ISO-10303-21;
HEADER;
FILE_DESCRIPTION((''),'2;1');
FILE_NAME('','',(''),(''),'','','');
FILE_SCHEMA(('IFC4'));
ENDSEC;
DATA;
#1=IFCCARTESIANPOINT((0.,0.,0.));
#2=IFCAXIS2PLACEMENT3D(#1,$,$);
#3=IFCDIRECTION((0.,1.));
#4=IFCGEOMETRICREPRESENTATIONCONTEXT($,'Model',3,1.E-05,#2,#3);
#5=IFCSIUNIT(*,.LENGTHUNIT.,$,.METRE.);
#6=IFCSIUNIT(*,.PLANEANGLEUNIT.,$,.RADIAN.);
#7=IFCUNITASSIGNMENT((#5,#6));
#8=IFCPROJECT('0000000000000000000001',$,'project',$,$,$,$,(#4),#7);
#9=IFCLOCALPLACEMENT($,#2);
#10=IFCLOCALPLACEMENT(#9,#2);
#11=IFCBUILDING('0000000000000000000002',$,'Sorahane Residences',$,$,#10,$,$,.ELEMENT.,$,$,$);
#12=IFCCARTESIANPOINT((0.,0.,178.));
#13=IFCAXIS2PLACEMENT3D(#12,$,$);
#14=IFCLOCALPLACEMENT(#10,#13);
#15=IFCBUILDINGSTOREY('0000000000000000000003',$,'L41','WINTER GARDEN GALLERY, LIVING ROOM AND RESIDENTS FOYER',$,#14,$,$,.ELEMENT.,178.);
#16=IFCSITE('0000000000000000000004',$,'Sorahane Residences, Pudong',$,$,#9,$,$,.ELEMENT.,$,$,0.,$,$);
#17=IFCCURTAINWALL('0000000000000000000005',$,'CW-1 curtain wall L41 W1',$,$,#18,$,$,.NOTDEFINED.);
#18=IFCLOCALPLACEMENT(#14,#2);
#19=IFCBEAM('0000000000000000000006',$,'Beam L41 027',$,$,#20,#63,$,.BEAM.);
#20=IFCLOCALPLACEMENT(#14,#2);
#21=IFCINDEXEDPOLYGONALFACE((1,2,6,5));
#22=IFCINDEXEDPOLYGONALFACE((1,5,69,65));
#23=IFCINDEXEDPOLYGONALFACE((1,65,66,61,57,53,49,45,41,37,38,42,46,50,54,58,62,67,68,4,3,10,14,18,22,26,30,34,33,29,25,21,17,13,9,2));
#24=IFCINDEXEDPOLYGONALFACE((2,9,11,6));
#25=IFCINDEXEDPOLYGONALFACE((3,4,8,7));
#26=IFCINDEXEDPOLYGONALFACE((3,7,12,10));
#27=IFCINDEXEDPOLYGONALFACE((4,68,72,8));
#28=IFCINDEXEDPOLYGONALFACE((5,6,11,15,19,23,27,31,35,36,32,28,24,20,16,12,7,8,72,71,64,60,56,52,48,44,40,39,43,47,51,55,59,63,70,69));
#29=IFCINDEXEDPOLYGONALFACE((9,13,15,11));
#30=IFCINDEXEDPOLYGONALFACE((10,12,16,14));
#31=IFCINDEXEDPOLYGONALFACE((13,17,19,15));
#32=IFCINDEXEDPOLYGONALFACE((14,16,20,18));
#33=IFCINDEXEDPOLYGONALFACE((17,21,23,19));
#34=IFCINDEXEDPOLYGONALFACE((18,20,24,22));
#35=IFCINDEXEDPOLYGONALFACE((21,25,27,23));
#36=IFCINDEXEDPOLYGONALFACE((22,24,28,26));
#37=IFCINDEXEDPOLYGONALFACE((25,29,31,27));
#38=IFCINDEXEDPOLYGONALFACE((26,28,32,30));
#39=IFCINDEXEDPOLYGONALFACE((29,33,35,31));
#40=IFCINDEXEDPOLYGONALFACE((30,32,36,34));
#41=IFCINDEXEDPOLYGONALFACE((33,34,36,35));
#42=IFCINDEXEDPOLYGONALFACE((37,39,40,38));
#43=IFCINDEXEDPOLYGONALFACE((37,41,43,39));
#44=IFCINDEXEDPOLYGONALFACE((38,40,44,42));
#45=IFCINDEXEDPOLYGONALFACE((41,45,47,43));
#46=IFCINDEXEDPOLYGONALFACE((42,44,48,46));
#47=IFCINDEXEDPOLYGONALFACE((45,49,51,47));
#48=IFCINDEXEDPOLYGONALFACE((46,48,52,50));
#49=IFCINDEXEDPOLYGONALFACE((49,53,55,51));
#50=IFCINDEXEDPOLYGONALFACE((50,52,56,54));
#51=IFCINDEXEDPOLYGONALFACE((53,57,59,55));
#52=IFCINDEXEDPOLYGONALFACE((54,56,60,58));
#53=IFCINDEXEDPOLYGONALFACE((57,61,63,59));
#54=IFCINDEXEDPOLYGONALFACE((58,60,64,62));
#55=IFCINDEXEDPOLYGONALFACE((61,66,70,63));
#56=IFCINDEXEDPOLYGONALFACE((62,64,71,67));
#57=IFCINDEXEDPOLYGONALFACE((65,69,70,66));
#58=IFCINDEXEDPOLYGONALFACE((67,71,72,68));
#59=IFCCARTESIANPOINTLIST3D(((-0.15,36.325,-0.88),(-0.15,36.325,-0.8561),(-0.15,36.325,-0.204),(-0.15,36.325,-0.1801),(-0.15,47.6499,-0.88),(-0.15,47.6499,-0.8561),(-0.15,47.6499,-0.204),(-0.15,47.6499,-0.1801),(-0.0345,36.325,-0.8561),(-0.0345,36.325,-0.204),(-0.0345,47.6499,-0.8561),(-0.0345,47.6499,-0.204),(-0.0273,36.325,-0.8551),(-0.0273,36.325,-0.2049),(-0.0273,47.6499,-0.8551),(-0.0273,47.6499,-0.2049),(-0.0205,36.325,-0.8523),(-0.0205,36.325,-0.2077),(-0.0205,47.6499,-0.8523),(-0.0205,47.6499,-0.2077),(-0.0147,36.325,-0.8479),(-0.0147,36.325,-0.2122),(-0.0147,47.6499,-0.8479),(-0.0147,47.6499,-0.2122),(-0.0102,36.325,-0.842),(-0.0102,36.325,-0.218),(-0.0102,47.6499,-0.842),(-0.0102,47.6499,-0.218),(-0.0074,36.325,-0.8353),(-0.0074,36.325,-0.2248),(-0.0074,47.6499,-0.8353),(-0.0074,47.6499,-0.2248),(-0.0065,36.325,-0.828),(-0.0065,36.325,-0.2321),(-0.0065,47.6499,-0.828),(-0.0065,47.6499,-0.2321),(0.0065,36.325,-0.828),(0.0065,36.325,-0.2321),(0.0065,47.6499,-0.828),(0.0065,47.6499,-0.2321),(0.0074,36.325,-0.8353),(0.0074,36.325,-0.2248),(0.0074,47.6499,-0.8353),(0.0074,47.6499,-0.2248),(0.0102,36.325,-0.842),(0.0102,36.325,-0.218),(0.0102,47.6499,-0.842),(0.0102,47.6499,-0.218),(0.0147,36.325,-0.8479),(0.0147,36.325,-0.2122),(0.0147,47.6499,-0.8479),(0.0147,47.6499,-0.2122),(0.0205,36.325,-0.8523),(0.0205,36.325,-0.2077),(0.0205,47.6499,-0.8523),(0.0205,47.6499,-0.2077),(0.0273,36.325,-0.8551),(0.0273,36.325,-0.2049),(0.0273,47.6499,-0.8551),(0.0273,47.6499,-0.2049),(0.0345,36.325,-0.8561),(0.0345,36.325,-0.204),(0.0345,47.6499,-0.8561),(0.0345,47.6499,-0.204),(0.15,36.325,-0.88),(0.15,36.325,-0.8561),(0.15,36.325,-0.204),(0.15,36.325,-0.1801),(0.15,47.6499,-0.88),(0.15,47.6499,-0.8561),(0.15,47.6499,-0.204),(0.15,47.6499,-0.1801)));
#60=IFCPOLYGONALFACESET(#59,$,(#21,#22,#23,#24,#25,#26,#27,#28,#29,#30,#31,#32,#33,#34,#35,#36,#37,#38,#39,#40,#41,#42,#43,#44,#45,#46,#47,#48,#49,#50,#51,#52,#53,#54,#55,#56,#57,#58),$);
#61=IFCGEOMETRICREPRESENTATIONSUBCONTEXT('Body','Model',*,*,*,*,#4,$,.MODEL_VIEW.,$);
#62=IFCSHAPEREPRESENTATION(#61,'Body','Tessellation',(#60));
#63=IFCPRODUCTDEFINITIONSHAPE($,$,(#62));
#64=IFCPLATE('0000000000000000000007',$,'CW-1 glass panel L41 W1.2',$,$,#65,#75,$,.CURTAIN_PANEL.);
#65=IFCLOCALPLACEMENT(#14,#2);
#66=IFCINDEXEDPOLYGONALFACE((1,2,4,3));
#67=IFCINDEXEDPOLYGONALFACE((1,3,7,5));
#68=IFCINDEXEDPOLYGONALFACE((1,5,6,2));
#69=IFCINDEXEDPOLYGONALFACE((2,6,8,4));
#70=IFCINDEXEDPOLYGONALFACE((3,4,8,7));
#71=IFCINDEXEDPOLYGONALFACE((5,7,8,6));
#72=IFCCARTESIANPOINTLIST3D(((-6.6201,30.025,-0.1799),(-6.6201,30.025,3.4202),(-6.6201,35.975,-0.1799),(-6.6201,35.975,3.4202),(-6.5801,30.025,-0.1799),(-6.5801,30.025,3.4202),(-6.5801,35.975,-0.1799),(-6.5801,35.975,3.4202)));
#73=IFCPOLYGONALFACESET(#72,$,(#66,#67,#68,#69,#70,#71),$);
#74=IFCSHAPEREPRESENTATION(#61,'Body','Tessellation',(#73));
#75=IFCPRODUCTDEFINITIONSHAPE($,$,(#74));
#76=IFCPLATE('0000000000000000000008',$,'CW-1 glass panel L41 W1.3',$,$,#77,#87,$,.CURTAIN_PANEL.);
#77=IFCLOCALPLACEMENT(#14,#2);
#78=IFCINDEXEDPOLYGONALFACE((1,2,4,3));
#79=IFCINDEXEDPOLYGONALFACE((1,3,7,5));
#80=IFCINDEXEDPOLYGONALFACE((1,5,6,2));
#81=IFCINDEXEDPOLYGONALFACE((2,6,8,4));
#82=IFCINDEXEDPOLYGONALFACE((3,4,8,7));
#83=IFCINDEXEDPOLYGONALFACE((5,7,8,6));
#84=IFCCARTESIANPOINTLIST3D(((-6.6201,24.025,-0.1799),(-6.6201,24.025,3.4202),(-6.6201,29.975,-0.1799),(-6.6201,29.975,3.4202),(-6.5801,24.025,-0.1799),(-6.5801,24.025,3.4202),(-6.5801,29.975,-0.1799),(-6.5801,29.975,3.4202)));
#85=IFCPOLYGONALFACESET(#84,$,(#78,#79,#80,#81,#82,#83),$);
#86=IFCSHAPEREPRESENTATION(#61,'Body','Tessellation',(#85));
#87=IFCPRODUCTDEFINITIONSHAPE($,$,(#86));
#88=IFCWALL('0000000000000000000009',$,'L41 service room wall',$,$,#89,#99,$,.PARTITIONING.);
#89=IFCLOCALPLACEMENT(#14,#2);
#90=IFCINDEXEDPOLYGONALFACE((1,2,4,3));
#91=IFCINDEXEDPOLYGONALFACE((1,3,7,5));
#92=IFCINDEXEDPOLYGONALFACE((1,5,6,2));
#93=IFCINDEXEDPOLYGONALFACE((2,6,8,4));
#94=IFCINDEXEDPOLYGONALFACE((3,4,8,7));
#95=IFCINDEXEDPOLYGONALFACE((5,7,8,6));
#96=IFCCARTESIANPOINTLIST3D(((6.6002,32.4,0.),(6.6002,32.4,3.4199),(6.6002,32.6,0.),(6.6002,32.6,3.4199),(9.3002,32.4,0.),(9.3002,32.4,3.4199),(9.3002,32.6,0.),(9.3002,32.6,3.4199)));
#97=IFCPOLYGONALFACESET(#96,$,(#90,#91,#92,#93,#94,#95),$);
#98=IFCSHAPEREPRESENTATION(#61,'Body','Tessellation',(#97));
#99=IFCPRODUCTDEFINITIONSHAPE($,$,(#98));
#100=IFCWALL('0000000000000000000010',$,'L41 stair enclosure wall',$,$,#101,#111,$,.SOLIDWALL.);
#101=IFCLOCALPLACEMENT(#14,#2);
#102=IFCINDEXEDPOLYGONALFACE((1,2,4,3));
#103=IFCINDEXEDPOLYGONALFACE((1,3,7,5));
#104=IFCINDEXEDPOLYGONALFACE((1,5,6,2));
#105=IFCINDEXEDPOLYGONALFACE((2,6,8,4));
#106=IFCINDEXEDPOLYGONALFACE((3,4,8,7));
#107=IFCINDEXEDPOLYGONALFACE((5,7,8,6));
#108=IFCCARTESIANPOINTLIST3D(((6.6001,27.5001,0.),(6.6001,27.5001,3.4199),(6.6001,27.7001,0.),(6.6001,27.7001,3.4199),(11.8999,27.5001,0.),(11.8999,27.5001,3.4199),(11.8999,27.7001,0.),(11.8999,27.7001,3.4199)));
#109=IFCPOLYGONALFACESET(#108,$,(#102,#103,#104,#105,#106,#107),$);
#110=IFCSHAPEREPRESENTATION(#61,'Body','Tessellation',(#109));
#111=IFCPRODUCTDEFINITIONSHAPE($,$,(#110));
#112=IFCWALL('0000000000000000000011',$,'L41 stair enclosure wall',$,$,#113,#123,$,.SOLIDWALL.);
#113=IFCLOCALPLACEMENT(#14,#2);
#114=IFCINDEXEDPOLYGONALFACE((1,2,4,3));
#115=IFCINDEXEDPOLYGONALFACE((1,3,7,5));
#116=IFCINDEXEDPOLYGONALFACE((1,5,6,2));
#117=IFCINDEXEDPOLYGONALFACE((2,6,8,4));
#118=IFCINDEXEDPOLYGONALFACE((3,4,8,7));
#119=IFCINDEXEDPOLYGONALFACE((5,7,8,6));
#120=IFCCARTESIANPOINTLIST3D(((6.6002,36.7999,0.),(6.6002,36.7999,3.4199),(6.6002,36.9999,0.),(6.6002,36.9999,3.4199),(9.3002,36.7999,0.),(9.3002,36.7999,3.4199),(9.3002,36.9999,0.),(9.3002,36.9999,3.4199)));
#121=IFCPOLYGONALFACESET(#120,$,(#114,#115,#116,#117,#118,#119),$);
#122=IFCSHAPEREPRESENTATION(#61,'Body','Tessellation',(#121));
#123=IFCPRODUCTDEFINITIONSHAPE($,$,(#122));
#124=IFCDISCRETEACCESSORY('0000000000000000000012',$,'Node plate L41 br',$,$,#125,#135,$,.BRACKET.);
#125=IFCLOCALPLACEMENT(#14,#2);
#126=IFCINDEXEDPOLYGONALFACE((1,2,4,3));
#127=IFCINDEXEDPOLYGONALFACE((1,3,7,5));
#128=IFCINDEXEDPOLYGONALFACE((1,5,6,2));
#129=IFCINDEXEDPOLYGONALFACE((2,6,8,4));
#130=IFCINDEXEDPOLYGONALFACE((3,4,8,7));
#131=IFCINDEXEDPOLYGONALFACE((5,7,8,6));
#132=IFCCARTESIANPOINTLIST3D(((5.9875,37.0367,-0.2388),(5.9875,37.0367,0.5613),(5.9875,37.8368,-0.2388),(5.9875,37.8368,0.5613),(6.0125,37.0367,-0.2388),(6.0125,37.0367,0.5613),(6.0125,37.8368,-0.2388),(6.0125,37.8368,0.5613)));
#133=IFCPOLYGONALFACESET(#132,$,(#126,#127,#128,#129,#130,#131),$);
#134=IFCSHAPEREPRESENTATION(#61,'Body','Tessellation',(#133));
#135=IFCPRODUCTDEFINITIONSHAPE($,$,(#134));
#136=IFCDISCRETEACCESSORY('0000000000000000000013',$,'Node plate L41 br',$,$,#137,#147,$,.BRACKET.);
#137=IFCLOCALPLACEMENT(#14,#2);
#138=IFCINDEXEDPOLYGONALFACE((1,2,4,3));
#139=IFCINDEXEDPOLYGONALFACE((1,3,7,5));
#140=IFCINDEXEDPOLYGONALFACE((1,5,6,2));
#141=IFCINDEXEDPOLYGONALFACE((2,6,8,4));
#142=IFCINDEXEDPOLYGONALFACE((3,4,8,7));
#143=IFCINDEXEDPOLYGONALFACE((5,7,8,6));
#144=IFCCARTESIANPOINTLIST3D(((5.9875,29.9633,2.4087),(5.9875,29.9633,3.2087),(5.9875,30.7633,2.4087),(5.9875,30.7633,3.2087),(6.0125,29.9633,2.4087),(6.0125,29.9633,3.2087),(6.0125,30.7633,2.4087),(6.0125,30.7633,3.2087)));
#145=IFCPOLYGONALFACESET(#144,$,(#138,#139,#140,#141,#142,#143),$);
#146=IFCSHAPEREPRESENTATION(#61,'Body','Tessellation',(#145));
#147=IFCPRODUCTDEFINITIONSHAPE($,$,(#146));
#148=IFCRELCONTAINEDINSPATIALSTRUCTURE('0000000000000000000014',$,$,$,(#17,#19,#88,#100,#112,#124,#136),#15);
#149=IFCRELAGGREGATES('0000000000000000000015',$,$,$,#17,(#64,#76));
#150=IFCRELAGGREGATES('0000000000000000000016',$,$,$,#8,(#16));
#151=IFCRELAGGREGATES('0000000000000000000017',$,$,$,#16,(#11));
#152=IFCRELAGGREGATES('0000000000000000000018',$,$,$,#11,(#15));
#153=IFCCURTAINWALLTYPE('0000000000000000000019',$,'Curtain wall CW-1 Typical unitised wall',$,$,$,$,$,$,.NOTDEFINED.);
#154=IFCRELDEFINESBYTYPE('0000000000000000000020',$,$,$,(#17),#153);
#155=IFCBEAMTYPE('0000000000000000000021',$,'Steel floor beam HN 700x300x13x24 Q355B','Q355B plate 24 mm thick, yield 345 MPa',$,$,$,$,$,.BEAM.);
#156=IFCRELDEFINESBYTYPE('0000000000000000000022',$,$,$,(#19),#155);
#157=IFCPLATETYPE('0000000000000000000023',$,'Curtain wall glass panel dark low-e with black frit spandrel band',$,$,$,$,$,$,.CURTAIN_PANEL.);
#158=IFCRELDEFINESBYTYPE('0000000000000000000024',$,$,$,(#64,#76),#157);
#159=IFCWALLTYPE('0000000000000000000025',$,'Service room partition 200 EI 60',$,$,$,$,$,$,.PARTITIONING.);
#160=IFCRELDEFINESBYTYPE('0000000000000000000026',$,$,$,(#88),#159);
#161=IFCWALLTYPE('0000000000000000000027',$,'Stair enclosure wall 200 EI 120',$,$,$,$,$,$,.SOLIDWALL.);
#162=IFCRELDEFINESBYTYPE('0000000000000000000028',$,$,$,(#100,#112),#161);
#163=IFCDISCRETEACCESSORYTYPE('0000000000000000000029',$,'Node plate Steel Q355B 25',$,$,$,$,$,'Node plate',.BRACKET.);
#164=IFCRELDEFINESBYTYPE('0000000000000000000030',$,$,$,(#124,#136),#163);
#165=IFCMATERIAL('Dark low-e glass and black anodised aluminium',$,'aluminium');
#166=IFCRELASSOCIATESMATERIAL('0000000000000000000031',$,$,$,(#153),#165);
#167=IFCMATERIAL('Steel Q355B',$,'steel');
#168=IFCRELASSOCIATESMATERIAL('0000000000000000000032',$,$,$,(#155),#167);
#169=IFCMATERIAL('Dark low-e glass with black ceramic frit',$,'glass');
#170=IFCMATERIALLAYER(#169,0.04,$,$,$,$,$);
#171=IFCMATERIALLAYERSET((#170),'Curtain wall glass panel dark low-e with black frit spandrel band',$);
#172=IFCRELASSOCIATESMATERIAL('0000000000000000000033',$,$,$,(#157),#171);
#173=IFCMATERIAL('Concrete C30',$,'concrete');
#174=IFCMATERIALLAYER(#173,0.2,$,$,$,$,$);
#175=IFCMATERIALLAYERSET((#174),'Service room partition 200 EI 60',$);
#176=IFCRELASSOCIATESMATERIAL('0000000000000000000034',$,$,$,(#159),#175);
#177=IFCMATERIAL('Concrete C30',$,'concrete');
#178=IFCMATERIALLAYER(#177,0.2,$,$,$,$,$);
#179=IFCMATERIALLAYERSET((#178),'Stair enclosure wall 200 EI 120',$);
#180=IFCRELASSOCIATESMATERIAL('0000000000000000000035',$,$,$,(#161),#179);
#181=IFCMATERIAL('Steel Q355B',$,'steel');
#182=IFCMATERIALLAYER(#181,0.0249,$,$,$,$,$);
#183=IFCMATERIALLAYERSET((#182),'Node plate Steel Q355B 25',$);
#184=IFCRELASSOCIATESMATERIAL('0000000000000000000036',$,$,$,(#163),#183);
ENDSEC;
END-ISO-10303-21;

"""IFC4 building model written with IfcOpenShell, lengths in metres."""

from ifc_helpers import new_model, si_unit, direction, frame, frame_2d, origin, origin_2d, place, context, subcontext, project, spatial, rectangle, i_section, extrude, material, layer, layer_set, material_profile, profile_set, type_object, element, aggregate, save


model = new_model("IFC4")

# Units and contexts
model_context = context("Model", 3, precision=1e-05, world=origin(), true_north=direction((0.0, 1.0)))
body_context = subcontext(model_context, "Body", "Model", "MODEL_VIEW")
ifc_project = project(units=[si_unit("LENGTHUNIT", "METRE"), si_unit("PLANEANGLEUNIT", "RADIAN")], contexts=[model_context])

# Site, building, storey
site_placement = place(None, origin())
site = spatial("IfcSite", under=ifc_project, at=site_placement, Name="Sorahane Residences, Pudong", CompositionType="ELEMENT", RefElevation=0.0)
building_placement = place(site_placement, origin())
building = spatial("IfcBuilding", under=site, at=building_placement, Name="Sorahane Residences", CompositionType="ELEMENT")
storey_placement = place(building_placement, frame((0.0, 0.0, 178.0)))
storey = spatial("IfcBuildingStorey", under=building, at=storey_placement, Name="L41", Description="WINTER GARDEN GALLERY, LIVING ROOM AND RESIDENTS FOYER", CompositionType="ELEMENT", Elevation=178.0)

# Curtain wall
ifc_material_1 = material(Name="Dark low-e glass and black anodised aluminium", Category="aluminium")
curtain_wall_type = type_object("IfcCurtainWallType", Name="Curtain wall CW-1 Typical unitised wall", PredefinedType="NOTDEFINED", material=ifc_material_1)
curtain_wall_placement = place(storey_placement, origin())
curtain_wall = element("IfcCurtainWall", 1, at=curtain_wall_placement, inside=storey, type_object=curtain_wall_type, Name="CW-1 curtain wall L41 W1", PredefinedType="NOTDEFINED")

# Beam
ifc_material_2 = material(Name="Steel Q355B", Category="steel")
ifc_material_profile_1 = material_profile(ifc_material_2, i_section(OverallWidth=0.3, OverallDepth=0.7, WebThickness=0.0129, FlangeThickness=0.0239, FilletRadius=0.0281, at=origin_2d()), Name="HN 700x300x13x24")
ifc_profile_set_1 = profile_set([ifc_material_profile_1], Name="Steel Q355B")
beam_type_1 = type_object("IfcBeamType", Name="Steel floor beam HN 700x300x13x24 Q355B", Description="Q355B plate 24 mm thick, yield 345 MPa", PredefinedType="BEAM", material=ifc_profile_set_1)
beam_1_placement = place(storey_placement, frame((0.0, 36.325, -0.53), z_axis=(0.0, 1.0, 0.0), x_axis=(-1.0, 0.0, 0.0)))
element("IfcBeam", 2, at=beam_1_placement, inside=storey, type_object=beam_type_1, Name="Beam L41 027", PredefinedType="BEAM", context=body_context, shape_type="SweptSolid", body=[
    extrude(i_section(OverallWidth=0.3, OverallDepth=0.7, WebThickness=0.0129, FlangeThickness=0.0239, FilletRadius=0.0281, at=origin_2d()), origin(), (0.0, 0.0, 1.0), 11.325),
])

# Plates
ifc_material_3 = material(Name="Dark low-e glass with black ceramic frit", Category="glass")
ifc_layer_1 = layer(ifc_material_3, 0.04)
ifc_layer_set_1 = layer_set([ifc_layer_1], Name="Curtain wall glass panel dark low-e with black frit spandrel band")
plate_type = type_object("IfcPlateType", Name="Curtain wall glass panel dark low-e with black frit spandrel band", PredefinedType="CURTAIN_PANEL", material=ifc_layer_set_1)
plate_1_placement = place(storey_placement, frame((-6.6001, 33.0, -0.1799), z_axis=(0.0, 0.0, 1.0), x_axis=(0.0, -1.0, 0.0)))
plate_1 = element("IfcPlate", 3, at=plate_1_placement, type_object=plate_type, Name="CW-1 glass panel L41 W1.2", PredefinedType="CURTAIN_PANEL", context=body_context, shape_type="SweptSolid", body=[
    extrude(rectangle(XDim=5.95, YDim=0.04, at=origin_2d()), origin(), (0.0, 0.0, 1.0), 3.6001),
])
plate_2_placement = place(storey_placement, frame((-6.6001, 27.0, -0.1799), z_axis=(0.0, 0.0, 1.0), x_axis=(0.0, -1.0, 0.0)))
plate_2 = element("IfcPlate", 4, at=plate_2_placement, type_object=plate_type, Name="CW-1 glass panel L41 W1.3", PredefinedType="CURTAIN_PANEL", context=body_context, shape_type="SweptSolid", body=[
    extrude(rectangle(XDim=5.95, YDim=0.04, at=origin_2d()), origin(), (0.0, 0.0, 1.0), 3.6001),
])
aggregate(curtain_wall, [plate_1, plate_2])

# Walls
ifc_material_4 = material(Name="Concrete C30", Category="concrete")
ifc_layer_2 = layer(ifc_material_4, 0.2)
ifc_layer_set_2 = layer_set([ifc_layer_2], Name="Service room partition 200 EI 60")
wall_type_1 = type_object("IfcWallType", Name="Service room partition 200 EI 60", PredefinedType="PARTITIONING", material=ifc_layer_set_2)
wall_1_placement = place(storey_placement, frame((6.6001, 32.5, 0.0), z_axis=(0.0, 0.0, 1.0), x_axis=(1.0, 0.0, 0.0)))
element("IfcWall", 5, at=wall_1_placement, inside=storey, type_object=wall_type_1, Name="L41 service room wall", PredefinedType="PARTITIONING", context=body_context, shape_type="SweptSolid", body=[
    extrude(rectangle(XDim=2.7, YDim=0.2, at=frame_2d((1.3501, 0.0))), origin(), (0.0, 0.0, 1.0), 3.4199),
])
ifc_material_5 = material(Name="Concrete C30", Category="concrete")
ifc_layer_3 = layer(ifc_material_5, 0.2)
ifc_layer_set_3 = layer_set([ifc_layer_3], Name="Stair enclosure wall 200 EI 120")
wall_type_2 = type_object("IfcWallType", Name="Stair enclosure wall 200 EI 120", PredefinedType="SOLIDWALL", material=ifc_layer_set_3)
wall_2_placement = place(storey_placement, frame((6.6001, 27.6001, 0.0), z_axis=(0.0, 0.0, 1.0), x_axis=(1.0, 0.0, 0.0)))
element("IfcWall", 6, at=wall_2_placement, inside=storey, type_object=wall_type_2, Name="L41 stair enclosure wall", PredefinedType="SOLIDWALL", context=body_context, shape_type="SweptSolid", body=[
    extrude(rectangle(XDim=5.2998, YDim=0.2, at=frame_2d((2.6499, 0.0))), origin(), (0.0, 0.0, 1.0), 3.4199),
])
wall_3_placement = place(storey_placement, frame((6.6001, 36.8999, 0.0), z_axis=(0.0, 0.0, 1.0), x_axis=(1.0, 0.0, 0.0)))
element("IfcWall", 7, at=wall_3_placement, inside=storey, type_object=wall_type_2, Name="L41 stair enclosure wall", PredefinedType="SOLIDWALL", context=body_context, shape_type="SweptSolid", body=[
    extrude(rectangle(XDim=2.7, YDim=0.2, at=frame_2d((1.3501, 0.0))), origin(), (0.0, 0.0, 1.0), 3.4199),
])

# Discrete accessories
ifc_material_6 = material(Name="Steel Q355B", Category="steel")
ifc_layer_4 = layer(ifc_material_6, 0.0249)
ifc_layer_set_4 = layer_set([ifc_layer_4], Name="Node plate Steel Q355B 25")
discrete_accessory_type = type_object("IfcDiscreteAccessoryType", Name="Node plate Steel Q355B 25", ElementType="Node plate", PredefinedType="BRACKET", material=ifc_layer_set_4)
for number, where, z_axis, x_axis, name in (
    (8, (6.0, 37.4368, -0.2388), (0.0, 0.0, 1.0), (0.0, 1.0, 0.0), "Node plate L41 br"),
    (9, (6.0, 30.3633, 2.4087), (0.0, 0.0, 1.0), (0.0, 1.0, 0.0), "Node plate L41 br"),
):
    element("IfcDiscreteAccessory", number, at=place(storey_placement, frame(where, z_axis=z_axis, x_axis=x_axis)), inside=storey, type_object=discrete_accessory_type, Name=name, PredefinedType="BRACKET", context=body_context, shape_type="SweptSolid", body=[
        extrude(rectangle(XDim=0.8, YDim=0.0249, at=origin_2d()), origin(), (0.0, 0.0, 1.0), 0.8),
    ])

save(model, "model.ifc")
